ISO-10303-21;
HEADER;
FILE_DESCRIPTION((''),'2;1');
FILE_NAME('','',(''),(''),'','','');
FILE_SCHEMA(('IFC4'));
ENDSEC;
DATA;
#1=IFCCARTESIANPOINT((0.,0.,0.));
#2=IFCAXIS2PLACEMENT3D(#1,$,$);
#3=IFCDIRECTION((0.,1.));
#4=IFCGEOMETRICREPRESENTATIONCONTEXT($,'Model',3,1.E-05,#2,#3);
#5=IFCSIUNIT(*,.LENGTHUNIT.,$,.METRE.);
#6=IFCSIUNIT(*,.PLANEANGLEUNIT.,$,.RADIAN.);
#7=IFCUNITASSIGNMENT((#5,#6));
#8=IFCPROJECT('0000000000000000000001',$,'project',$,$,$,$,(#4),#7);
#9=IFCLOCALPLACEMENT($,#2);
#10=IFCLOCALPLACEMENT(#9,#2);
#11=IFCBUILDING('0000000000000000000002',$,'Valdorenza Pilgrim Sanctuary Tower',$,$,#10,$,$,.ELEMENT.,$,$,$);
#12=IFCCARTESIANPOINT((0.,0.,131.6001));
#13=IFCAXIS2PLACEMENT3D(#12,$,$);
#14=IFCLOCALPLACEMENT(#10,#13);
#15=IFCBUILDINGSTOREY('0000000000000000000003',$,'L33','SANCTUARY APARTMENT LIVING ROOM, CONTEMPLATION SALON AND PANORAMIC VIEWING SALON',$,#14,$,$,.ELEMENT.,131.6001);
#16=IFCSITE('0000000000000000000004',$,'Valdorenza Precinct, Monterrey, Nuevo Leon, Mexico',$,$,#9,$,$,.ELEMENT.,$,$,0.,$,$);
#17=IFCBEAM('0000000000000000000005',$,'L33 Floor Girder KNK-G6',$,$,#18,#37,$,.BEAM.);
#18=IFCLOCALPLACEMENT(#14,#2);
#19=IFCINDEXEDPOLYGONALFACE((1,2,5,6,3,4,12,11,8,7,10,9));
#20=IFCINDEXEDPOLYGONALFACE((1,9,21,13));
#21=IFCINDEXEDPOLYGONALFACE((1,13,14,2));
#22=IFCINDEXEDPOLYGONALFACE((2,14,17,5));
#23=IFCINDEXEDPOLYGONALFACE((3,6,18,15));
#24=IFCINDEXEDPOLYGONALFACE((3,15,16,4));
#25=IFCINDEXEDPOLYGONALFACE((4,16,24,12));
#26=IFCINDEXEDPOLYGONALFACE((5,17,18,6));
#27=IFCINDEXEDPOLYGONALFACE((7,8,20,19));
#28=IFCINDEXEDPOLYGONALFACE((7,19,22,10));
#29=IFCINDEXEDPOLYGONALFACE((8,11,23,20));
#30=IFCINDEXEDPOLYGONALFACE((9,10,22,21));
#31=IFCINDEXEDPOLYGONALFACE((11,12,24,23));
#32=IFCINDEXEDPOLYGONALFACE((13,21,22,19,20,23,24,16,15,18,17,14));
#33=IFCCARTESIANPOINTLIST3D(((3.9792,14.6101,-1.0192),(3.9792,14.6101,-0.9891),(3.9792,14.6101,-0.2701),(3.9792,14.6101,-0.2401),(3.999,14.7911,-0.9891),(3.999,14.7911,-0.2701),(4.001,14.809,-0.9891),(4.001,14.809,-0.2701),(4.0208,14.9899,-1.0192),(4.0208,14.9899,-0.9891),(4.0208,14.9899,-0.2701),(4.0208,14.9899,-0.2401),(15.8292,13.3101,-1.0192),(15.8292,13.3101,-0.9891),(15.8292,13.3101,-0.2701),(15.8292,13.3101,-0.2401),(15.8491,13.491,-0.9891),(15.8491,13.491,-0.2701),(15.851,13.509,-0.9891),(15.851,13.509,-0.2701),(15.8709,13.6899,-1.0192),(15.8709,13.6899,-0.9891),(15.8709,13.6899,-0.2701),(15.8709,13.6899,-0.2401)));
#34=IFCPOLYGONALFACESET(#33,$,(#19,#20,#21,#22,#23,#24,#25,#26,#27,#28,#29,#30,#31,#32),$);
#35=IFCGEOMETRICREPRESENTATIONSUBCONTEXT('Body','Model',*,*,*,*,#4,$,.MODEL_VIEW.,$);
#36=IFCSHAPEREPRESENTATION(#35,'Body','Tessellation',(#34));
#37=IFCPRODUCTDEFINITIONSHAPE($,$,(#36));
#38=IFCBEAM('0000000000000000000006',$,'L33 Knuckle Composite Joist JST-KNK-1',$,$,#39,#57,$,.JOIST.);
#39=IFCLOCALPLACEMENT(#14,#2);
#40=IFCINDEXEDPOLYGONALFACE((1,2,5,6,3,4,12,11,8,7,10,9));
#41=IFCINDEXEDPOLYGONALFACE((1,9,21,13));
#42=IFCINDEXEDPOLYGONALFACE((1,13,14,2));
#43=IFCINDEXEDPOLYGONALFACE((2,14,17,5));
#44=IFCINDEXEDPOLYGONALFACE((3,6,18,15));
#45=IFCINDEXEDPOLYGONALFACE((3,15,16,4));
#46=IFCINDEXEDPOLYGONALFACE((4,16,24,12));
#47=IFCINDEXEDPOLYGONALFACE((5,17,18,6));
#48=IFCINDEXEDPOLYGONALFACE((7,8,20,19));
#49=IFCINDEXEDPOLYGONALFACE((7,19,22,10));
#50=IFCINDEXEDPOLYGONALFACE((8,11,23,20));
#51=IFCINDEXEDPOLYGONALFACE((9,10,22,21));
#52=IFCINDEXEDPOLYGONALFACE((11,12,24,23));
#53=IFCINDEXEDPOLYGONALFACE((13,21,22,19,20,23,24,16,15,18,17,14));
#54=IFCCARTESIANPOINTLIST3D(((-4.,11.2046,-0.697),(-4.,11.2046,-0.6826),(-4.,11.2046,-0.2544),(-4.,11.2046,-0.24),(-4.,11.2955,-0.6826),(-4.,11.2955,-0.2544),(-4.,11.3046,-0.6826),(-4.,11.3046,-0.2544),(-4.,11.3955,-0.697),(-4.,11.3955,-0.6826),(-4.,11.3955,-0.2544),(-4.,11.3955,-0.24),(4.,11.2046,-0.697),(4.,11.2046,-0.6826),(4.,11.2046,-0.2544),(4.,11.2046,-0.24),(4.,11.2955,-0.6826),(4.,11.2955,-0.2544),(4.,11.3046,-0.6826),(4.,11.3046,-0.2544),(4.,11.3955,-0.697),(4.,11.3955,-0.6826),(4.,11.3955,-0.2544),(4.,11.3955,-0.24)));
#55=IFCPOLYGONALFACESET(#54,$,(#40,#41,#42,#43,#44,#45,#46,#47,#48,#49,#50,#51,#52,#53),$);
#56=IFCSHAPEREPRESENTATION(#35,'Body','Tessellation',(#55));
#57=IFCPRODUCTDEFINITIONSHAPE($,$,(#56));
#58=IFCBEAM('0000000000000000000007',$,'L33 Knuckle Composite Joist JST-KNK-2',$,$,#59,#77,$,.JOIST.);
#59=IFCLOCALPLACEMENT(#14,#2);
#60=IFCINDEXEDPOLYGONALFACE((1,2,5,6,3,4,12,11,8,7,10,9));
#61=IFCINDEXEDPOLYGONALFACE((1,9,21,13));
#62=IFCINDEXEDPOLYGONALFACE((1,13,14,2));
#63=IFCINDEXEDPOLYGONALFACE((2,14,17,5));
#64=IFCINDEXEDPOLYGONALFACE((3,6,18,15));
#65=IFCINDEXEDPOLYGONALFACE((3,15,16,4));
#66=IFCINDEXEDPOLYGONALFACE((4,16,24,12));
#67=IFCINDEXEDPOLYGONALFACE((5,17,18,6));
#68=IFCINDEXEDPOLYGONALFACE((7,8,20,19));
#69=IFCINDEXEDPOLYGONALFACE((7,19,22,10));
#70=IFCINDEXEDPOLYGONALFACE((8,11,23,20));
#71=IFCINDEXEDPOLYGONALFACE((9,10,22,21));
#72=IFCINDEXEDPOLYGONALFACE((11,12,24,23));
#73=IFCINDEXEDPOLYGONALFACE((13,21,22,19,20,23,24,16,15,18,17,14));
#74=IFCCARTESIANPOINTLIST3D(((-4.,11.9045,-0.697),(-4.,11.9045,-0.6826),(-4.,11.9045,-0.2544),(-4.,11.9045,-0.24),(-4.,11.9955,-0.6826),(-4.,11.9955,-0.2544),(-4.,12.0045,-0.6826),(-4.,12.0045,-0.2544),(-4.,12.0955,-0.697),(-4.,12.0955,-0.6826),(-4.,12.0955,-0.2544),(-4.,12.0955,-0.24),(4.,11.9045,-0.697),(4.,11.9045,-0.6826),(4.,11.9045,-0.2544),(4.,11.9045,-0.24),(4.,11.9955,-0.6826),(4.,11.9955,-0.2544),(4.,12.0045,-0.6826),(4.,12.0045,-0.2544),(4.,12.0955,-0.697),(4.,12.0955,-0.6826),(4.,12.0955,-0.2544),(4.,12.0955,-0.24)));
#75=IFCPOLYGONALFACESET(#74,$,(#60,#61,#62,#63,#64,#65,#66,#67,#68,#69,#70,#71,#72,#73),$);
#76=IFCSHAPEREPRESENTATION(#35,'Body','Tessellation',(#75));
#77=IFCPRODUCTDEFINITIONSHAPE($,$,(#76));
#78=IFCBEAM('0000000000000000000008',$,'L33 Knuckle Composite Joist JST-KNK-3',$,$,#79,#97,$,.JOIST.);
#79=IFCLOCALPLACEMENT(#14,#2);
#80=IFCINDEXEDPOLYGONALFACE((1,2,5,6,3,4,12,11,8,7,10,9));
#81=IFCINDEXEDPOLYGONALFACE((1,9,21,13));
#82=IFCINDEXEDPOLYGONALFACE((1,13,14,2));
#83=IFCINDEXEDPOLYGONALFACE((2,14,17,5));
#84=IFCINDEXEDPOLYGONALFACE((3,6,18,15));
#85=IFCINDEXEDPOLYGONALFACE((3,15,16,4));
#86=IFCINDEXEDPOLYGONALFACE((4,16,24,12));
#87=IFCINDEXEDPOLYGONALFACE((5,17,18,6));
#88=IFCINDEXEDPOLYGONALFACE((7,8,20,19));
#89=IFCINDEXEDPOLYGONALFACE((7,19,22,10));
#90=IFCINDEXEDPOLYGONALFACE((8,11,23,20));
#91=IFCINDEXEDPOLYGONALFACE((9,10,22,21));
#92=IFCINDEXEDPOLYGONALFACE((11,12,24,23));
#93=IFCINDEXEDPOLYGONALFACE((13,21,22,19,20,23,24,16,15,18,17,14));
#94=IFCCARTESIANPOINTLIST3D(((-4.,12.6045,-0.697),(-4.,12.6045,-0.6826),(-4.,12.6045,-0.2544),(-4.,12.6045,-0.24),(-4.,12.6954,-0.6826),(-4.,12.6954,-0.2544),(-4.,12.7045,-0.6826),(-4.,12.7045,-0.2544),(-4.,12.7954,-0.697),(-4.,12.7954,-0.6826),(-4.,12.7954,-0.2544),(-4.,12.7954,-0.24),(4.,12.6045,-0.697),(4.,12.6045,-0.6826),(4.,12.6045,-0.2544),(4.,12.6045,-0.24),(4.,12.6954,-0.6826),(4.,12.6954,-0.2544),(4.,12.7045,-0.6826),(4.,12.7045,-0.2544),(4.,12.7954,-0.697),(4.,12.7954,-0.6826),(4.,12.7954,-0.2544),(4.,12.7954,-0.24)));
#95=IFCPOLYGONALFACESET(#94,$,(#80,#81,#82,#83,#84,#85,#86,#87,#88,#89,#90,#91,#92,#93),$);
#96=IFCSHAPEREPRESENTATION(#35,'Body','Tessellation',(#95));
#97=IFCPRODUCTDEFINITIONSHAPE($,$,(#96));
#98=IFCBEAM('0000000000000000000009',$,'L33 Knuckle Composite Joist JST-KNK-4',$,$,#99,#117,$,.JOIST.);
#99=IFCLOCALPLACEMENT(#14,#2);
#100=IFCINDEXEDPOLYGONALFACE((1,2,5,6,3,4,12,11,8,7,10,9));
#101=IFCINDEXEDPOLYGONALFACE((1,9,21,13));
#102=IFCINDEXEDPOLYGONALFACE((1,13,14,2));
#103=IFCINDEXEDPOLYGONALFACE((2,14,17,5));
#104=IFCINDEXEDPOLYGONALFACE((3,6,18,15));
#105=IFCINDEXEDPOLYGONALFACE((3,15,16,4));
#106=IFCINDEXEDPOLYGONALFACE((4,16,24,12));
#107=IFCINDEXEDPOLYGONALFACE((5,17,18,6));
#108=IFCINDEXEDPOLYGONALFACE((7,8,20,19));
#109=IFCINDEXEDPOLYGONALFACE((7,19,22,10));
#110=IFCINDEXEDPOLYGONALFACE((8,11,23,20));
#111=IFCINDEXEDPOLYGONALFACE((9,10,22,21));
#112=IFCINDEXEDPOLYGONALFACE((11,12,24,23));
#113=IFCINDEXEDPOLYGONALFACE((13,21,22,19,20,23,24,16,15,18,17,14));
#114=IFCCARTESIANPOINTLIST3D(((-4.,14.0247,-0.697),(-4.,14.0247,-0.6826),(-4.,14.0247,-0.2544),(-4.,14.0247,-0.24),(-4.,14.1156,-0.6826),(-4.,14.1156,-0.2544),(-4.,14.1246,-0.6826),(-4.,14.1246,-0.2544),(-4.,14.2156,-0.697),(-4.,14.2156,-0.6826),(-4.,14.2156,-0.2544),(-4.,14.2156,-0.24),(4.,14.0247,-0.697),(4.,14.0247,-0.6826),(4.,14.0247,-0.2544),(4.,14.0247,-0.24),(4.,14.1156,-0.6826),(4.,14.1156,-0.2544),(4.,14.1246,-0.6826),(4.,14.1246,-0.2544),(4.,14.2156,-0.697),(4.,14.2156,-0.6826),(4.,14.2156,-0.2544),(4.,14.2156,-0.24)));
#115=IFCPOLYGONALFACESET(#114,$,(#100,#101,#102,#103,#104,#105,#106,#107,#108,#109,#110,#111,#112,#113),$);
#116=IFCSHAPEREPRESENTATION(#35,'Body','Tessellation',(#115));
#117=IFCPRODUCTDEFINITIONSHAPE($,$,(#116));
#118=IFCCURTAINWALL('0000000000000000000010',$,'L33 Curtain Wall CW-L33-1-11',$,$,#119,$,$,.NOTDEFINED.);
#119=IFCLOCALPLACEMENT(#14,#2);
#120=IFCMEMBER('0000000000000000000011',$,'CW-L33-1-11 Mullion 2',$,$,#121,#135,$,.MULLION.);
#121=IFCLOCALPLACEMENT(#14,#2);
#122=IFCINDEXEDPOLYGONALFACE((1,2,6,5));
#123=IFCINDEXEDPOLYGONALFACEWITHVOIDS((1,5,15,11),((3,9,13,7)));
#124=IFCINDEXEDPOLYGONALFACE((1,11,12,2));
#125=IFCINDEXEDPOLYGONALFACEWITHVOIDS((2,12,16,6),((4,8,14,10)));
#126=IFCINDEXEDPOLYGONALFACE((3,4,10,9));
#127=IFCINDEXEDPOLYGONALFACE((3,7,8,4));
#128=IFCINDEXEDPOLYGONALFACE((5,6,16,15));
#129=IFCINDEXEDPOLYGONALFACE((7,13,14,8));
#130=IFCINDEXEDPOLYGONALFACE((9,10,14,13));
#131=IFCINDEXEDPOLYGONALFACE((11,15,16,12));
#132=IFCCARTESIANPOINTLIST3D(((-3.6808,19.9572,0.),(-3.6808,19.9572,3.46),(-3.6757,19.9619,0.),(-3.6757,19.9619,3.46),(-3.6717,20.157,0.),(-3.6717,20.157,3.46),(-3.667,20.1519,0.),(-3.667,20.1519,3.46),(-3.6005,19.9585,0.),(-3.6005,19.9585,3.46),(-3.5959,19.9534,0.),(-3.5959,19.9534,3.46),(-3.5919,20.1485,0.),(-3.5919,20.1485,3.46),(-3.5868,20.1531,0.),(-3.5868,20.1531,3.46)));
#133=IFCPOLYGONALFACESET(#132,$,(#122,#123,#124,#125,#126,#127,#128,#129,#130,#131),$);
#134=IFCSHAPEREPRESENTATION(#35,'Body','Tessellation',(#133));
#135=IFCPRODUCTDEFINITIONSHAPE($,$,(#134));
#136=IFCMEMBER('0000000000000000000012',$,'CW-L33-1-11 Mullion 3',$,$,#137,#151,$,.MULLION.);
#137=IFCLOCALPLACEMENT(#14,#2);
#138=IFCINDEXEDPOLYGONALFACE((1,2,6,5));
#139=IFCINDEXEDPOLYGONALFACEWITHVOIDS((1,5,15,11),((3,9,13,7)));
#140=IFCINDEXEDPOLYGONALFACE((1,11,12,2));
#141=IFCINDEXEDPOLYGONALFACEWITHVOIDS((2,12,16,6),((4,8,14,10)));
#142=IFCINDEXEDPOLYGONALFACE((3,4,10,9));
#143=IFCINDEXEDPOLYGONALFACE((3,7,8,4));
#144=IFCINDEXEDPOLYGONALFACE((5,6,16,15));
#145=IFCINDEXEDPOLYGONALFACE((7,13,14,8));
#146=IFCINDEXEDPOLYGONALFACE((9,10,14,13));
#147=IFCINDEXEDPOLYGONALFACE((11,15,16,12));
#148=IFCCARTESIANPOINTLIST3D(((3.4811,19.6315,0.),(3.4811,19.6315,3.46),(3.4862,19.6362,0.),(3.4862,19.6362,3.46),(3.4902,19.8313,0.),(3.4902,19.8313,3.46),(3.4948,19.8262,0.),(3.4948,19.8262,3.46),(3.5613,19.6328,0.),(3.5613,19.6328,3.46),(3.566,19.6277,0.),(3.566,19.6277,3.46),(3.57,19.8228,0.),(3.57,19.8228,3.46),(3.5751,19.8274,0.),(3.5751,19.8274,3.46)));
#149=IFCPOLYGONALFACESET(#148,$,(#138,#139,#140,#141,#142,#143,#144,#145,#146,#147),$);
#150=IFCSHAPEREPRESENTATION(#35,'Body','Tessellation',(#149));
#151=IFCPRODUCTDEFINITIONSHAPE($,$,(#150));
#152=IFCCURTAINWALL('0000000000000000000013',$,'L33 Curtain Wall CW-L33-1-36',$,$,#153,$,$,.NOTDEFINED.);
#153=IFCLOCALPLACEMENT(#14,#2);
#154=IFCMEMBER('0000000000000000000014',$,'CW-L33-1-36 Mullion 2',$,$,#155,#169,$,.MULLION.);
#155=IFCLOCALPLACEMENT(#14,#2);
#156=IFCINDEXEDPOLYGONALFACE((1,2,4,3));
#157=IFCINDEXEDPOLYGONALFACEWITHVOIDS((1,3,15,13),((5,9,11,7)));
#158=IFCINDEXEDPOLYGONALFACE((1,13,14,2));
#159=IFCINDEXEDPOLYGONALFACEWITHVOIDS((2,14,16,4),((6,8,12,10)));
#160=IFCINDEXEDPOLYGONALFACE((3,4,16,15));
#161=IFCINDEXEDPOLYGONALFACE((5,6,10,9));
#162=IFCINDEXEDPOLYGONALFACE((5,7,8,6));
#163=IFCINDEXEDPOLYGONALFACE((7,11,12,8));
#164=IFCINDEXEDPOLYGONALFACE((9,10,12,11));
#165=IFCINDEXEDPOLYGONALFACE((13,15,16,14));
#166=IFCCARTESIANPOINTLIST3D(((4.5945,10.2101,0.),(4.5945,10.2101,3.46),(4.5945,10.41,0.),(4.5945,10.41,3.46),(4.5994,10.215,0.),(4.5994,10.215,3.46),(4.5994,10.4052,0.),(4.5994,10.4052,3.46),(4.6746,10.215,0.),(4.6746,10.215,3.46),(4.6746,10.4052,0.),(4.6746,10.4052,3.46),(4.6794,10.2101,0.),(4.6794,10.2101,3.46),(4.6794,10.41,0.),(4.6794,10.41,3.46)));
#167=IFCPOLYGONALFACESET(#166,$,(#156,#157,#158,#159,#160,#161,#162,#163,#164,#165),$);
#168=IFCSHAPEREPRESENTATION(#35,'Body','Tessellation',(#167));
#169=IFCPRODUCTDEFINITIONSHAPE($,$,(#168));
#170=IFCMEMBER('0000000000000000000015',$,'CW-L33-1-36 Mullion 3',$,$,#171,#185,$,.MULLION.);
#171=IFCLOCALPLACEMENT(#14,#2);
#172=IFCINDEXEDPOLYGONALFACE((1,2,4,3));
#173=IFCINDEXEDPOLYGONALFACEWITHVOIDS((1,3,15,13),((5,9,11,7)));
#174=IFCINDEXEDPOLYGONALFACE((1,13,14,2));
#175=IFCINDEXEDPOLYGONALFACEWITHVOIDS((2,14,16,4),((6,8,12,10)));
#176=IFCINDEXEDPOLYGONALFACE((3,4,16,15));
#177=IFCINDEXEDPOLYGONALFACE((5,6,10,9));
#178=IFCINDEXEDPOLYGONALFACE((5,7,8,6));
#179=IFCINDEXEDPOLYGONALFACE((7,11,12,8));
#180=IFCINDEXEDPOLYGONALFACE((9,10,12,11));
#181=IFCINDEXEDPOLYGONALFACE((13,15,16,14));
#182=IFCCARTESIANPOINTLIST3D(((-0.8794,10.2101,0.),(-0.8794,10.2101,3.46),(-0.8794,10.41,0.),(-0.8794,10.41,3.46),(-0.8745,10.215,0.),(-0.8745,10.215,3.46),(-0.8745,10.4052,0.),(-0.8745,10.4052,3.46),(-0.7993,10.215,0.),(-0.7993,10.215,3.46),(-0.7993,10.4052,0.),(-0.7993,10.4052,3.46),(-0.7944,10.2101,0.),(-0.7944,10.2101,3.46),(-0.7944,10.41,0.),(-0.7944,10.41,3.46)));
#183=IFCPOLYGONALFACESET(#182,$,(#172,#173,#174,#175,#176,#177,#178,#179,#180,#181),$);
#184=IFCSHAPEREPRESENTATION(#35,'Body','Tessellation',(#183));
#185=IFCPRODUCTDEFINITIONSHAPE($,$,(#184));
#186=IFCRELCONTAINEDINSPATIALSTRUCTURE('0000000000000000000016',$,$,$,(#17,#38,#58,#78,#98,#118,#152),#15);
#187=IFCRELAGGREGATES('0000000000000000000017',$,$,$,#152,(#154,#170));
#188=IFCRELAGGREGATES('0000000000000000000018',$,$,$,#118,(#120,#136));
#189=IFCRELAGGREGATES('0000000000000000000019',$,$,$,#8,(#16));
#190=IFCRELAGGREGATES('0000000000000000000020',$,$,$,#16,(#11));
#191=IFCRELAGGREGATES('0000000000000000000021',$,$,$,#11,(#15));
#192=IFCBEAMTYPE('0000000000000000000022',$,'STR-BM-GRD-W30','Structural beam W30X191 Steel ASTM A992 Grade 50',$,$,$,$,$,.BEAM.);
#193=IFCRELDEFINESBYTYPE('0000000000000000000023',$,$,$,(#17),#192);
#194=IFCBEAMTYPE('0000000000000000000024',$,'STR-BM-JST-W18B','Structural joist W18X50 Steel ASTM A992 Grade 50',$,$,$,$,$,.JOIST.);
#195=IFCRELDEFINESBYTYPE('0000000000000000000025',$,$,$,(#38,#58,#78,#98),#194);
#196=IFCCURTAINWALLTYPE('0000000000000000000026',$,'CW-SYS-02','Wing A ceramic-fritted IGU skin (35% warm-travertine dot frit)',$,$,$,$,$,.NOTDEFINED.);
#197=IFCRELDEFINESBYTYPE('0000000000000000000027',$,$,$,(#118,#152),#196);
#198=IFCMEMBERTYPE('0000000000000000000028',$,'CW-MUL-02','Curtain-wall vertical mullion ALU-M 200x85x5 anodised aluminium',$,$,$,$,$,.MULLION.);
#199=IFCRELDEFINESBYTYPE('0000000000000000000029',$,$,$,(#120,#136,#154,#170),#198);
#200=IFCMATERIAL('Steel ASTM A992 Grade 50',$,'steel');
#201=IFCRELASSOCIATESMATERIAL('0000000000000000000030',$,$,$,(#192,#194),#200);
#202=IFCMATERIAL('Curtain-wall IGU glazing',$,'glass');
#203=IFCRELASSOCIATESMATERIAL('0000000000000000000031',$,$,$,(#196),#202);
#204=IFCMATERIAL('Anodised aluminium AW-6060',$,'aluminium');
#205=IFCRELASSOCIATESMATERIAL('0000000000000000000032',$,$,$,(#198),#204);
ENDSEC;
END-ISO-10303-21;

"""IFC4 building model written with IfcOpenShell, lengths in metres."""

from ifc_helpers import new_model, si_unit, direction, frame, origin, origin_2d, place, context, subcontext, project, spatial, hollow_rectangle, i_section, extrude, source, transform, mapped, material, material_profile, profile_set, type_object, element, aggregate, save


model = new_model("IFC4")

# Units and contexts
model_context = context("Model", 3, precision=1e-05, world=origin(), true_north=direction((0.0, 1.0)))
body_context = subcontext(model_context, "Body", "Model", "MODEL_VIEW")
ifc_project = project(units=[si_unit("LENGTHUNIT", "METRE"), si_unit("PLANEANGLEUNIT", "RADIAN")], contexts=[model_context])

# Site, building, storey
site_placement = place(None, origin())
site = spatial("IfcSite", under=ifc_project, at=site_placement, Name="Valdorenza Precinct, Monterrey, Nuevo Leon, Mexico", CompositionType="ELEMENT", RefElevation=0.0)
building_placement = place(site_placement, origin())
building = spatial("IfcBuilding", under=site, at=building_placement, Name="Valdorenza Pilgrim Sanctuary Tower", CompositionType="ELEMENT")
storey_placement = place(building_placement, frame((0.0, 0.0, 131.6001)))
storey = spatial("IfcBuildingStorey", under=building, at=storey_placement, Name="L33", Description="SANCTUARY APARTMENT LIVING ROOM, CONTEMPLATION SALON AND PANORAMIC VIEWING SALON", CompositionType="ELEMENT", Elevation=131.6001)

# Shared definitions
ifc_material_1 = material(Name="Steel ASTM A992 Grade 50", Category="steel")

# Beams
ifc_material_profile_1 = material_profile(ifc_material_1, i_section(OverallWidth=0.3821, OverallDepth=0.7791, WebThickness=0.0181, FlangeThickness=0.03, at=origin_2d()), Name="W30X191")
ifc_profile_set_1 = profile_set([ifc_material_profile_1], Name="Steel ASTM A992 Grade 50")
beam_type_1 = type_object("IfcBeamType", Name="STR-BM-GRD-W30", Description="Structural beam W30X191 Steel ASTM A992 Grade 50", PredefinedType="BEAM", material=ifc_profile_set_1)
shared_shape_1 = source(origin(), body_context, "Body", "SweptSolid", [
    extrude(i_section(OverallWidth=0.3821, OverallDepth=0.7791, WebThickness=0.0181, FlangeThickness=0.03, at=origin_2d()), origin(), (0.0, 0.0, 1.0), 11.9211),
])
beam_1_placement = place(storey_placement, frame((4.0, 14.8, -0.6296), z_axis=(0.994036, -0.109054, 0.0), x_axis=(0.109054, 0.994036, 0.0)))
element("IfcBeam", 1, at=beam_1_placement, inside=storey, type_object=beam_type_1, Name="L33 Floor Girder KNK-G6", PredefinedType="BEAM", context=body_context, shape_type="MappedRepresentation", body=[
    mapped(shared_shape_1, transform((0.0, 0.0, 0.0), x_axis=(1.0, 0.0, 0.0), y_axis=(0.0, 1.0, 0.0), z_axis=(0.0, 0.0, 1.0), scale=1.0)),
])
ifc_material_profile_2 = material_profile(ifc_material_1, i_section(OverallWidth=0.1909, OverallDepth=0.457, WebThickness=0.009, FlangeThickness=0.0144, at=origin_2d()), Name="W18X50")
ifc_profile_set_2 = profile_set([ifc_material_profile_2], Name="Steel ASTM A992 Grade 50")
beam_type_2 = type_object("IfcBeamType", Name="STR-BM-JST-W18B", Description="Structural joist W18X50 Steel ASTM A992 Grade 50", PredefinedType="JOIST", material=ifc_profile_set_2)
shared_shape_2 = source(origin(), body_context, "Body", "SweptSolid", [
    extrude(i_section(OverallWidth=0.1909, OverallDepth=0.457, WebThickness=0.009, FlangeThickness=0.0144, at=origin_2d()), origin(), (0.0, 0.0, 1.0), 8.0),
])
for number, where, z_axis, x_axis, name in (
    (2, (-4.0, 11.3, -0.4685), (1.0, 0.0, 0.0), (0.0, 1.0, 0.0), "L33 Knuckle Composite Joist JST-KNK-1"),
    (3, (-4.0, 12.0, -0.4685), (1.0, 0.0, 0.0), (0.0, 1.0, 0.0), "L33 Knuckle Composite Joist JST-KNK-2"),
    (4, (-4.0, 12.7, -0.4685), (1.0, 0.0, 0.0), (0.0, 1.0, 0.0), "L33 Knuckle Composite Joist JST-KNK-3"),
    (5, (-4.0, 14.1201, -0.4685), (1.0, 0.0, 0.0), (0.0, 1.0, 0.0), "L33 Knuckle Composite Joist JST-KNK-4"),
):
    element("IfcBeam", number, at=place(storey_placement, frame(where, z_axis=z_axis, x_axis=x_axis)), inside=storey, type_object=beam_type_2, Name=name, PredefinedType="JOIST", context=body_context, shape_type="MappedRepresentation", body=[
        mapped(shared_shape_2, transform((0.0, 0.0, 0.0), x_axis=(1.0, 0.0, 0.0), y_axis=(0.0, 1.0, 0.0), z_axis=(0.0, 0.0, 1.0), scale=1.0)),
    ])

# Curtain walls, members
ifc_material_2 = material(Name="Curtain-wall IGU glazing", Category="glass")
curtain_wall_type = type_object("IfcCurtainWallType", Name="CW-SYS-02", Description="Wing A ceramic-fritted IGU skin (35% warm-travertine dot frit)", PredefinedType="NOTDEFINED", material=ifc_material_2)
curtain_wall_1_placement = place(storey_placement, origin())
curtain_wall_1 = element("IfcCurtainWall", 6, at=curtain_wall_1_placement, inside=storey, type_object=curtain_wall_type, Name="L33 Curtain Wall CW-L33-1-11", PredefinedType="NOTDEFINED")
ifc_material_3 = material(Name="Anodised aluminium AW-6060", Category="aluminium")
ifc_material_profile_3 = material_profile(ifc_material_3, hollow_rectangle(XDim=0.085, YDim=0.2, WallThickness=0.0049, at=origin_2d()), Name="ALU-M 200x85x5")
ifc_profile_set_3 = profile_set([ifc_material_profile_3], Name="Anodised aluminium AW-6060")
member_type = type_object("IfcMemberType", Name="CW-MUL-02", Description="Curtain-wall vertical mullion ALU-M 200x85x5 anodised aluminium", PredefinedType="MULLION", material=ifc_profile_set_3)
shared_shape_3 = source(origin(), body_context, "Body", "SweptSolid", [
    extrude(hollow_rectangle(XDim=0.085, YDim=0.2, WallThickness=0.0049, at=origin_2d()), origin(), (0.0, 0.0, 1.0), 3.46),
])
member_1_placement = place(storey_placement, frame((-3.6338, 20.0552, 0.0), z_axis=(0.0, 0.0, 1.0), x_axis=(0.998968, -0.045415, 0.0)))
member_1 = element("IfcMember", 7, at=member_1_placement, type_object=member_type, Name="CW-L33-1-11 Mullion 2", PredefinedType="MULLION", context=body_context, shape_type="MappedRepresentation", body=[
    mapped(shared_shape_3, transform((0.0, 0.0, 0.0), x_axis=(1.0, 0.0, 0.0), y_axis=(0.0, 1.0, 0.0), z_axis=(0.0, 0.0, 1.0), scale=1.0)),
])
member_2_placement = place(storey_placement, frame((3.5281, 19.7295, 0.0), z_axis=(0.0, 0.0, 1.0), x_axis=(0.998968, -0.045415, 0.0)))
member_2 = element("IfcMember", 8, at=member_2_placement, type_object=member_type, Name="CW-L33-1-11 Mullion 3", PredefinedType="MULLION", context=body_context, shape_type="MappedRepresentation", body=[
    mapped(shared_shape_3, transform((0.0, 0.0, 0.0), x_axis=(1.0, 0.0, 0.0), y_axis=(0.0, 1.0, 0.0), z_axis=(0.0, 0.0, 1.0), scale=1.0)),
])
curtain_wall_2_placement = place(storey_placement, origin())
curtain_wall_2 = element("IfcCurtainWall", 9, at=curtain_wall_2_placement, inside=storey, type_object=curtain_wall_type, Name="L33 Curtain Wall CW-L33-1-36", PredefinedType="NOTDEFINED")
member_3_placement = place(storey_placement, frame((4.637, 10.3101, 0.0), z_axis=(0.0, 0.0, 1.0), x_axis=(-1.0, 0.0, 0.0)))
member_3 = element("IfcMember", 10, at=member_3_placement, type_object=member_type, Name="CW-L33-1-36 Mullion 2", PredefinedType="MULLION", context=body_context, shape_type="MappedRepresentation", body=[
    mapped(shared_shape_3, transform((0.0, 0.0, 0.0), x_axis=(1.0, 0.0, 0.0), y_axis=(0.0, 1.0, 0.0), z_axis=(0.0, 0.0, 1.0), scale=1.0)),
])
member_4_placement = place(storey_placement, frame((-0.8369, 10.3101, 0.0), z_axis=(0.0, 0.0, 1.0), x_axis=(-1.0, 0.0, 0.0)))
member_4 = element("IfcMember", 11, at=member_4_placement, type_object=member_type, Name="CW-L33-1-36 Mullion 3", PredefinedType="MULLION", context=body_context, shape_type="MappedRepresentation", body=[
    mapped(shared_shape_3, transform((0.0, 0.0, 0.0), x_axis=(1.0, 0.0, 0.0), y_axis=(0.0, 1.0, 0.0), z_axis=(0.0, 0.0, 1.0), scale=1.0)),
])

aggregate(curtain_wall_2, [member_3, member_4])
aggregate(curtain_wall_1, [member_1, member_2])

save(model, "model.ifc")
